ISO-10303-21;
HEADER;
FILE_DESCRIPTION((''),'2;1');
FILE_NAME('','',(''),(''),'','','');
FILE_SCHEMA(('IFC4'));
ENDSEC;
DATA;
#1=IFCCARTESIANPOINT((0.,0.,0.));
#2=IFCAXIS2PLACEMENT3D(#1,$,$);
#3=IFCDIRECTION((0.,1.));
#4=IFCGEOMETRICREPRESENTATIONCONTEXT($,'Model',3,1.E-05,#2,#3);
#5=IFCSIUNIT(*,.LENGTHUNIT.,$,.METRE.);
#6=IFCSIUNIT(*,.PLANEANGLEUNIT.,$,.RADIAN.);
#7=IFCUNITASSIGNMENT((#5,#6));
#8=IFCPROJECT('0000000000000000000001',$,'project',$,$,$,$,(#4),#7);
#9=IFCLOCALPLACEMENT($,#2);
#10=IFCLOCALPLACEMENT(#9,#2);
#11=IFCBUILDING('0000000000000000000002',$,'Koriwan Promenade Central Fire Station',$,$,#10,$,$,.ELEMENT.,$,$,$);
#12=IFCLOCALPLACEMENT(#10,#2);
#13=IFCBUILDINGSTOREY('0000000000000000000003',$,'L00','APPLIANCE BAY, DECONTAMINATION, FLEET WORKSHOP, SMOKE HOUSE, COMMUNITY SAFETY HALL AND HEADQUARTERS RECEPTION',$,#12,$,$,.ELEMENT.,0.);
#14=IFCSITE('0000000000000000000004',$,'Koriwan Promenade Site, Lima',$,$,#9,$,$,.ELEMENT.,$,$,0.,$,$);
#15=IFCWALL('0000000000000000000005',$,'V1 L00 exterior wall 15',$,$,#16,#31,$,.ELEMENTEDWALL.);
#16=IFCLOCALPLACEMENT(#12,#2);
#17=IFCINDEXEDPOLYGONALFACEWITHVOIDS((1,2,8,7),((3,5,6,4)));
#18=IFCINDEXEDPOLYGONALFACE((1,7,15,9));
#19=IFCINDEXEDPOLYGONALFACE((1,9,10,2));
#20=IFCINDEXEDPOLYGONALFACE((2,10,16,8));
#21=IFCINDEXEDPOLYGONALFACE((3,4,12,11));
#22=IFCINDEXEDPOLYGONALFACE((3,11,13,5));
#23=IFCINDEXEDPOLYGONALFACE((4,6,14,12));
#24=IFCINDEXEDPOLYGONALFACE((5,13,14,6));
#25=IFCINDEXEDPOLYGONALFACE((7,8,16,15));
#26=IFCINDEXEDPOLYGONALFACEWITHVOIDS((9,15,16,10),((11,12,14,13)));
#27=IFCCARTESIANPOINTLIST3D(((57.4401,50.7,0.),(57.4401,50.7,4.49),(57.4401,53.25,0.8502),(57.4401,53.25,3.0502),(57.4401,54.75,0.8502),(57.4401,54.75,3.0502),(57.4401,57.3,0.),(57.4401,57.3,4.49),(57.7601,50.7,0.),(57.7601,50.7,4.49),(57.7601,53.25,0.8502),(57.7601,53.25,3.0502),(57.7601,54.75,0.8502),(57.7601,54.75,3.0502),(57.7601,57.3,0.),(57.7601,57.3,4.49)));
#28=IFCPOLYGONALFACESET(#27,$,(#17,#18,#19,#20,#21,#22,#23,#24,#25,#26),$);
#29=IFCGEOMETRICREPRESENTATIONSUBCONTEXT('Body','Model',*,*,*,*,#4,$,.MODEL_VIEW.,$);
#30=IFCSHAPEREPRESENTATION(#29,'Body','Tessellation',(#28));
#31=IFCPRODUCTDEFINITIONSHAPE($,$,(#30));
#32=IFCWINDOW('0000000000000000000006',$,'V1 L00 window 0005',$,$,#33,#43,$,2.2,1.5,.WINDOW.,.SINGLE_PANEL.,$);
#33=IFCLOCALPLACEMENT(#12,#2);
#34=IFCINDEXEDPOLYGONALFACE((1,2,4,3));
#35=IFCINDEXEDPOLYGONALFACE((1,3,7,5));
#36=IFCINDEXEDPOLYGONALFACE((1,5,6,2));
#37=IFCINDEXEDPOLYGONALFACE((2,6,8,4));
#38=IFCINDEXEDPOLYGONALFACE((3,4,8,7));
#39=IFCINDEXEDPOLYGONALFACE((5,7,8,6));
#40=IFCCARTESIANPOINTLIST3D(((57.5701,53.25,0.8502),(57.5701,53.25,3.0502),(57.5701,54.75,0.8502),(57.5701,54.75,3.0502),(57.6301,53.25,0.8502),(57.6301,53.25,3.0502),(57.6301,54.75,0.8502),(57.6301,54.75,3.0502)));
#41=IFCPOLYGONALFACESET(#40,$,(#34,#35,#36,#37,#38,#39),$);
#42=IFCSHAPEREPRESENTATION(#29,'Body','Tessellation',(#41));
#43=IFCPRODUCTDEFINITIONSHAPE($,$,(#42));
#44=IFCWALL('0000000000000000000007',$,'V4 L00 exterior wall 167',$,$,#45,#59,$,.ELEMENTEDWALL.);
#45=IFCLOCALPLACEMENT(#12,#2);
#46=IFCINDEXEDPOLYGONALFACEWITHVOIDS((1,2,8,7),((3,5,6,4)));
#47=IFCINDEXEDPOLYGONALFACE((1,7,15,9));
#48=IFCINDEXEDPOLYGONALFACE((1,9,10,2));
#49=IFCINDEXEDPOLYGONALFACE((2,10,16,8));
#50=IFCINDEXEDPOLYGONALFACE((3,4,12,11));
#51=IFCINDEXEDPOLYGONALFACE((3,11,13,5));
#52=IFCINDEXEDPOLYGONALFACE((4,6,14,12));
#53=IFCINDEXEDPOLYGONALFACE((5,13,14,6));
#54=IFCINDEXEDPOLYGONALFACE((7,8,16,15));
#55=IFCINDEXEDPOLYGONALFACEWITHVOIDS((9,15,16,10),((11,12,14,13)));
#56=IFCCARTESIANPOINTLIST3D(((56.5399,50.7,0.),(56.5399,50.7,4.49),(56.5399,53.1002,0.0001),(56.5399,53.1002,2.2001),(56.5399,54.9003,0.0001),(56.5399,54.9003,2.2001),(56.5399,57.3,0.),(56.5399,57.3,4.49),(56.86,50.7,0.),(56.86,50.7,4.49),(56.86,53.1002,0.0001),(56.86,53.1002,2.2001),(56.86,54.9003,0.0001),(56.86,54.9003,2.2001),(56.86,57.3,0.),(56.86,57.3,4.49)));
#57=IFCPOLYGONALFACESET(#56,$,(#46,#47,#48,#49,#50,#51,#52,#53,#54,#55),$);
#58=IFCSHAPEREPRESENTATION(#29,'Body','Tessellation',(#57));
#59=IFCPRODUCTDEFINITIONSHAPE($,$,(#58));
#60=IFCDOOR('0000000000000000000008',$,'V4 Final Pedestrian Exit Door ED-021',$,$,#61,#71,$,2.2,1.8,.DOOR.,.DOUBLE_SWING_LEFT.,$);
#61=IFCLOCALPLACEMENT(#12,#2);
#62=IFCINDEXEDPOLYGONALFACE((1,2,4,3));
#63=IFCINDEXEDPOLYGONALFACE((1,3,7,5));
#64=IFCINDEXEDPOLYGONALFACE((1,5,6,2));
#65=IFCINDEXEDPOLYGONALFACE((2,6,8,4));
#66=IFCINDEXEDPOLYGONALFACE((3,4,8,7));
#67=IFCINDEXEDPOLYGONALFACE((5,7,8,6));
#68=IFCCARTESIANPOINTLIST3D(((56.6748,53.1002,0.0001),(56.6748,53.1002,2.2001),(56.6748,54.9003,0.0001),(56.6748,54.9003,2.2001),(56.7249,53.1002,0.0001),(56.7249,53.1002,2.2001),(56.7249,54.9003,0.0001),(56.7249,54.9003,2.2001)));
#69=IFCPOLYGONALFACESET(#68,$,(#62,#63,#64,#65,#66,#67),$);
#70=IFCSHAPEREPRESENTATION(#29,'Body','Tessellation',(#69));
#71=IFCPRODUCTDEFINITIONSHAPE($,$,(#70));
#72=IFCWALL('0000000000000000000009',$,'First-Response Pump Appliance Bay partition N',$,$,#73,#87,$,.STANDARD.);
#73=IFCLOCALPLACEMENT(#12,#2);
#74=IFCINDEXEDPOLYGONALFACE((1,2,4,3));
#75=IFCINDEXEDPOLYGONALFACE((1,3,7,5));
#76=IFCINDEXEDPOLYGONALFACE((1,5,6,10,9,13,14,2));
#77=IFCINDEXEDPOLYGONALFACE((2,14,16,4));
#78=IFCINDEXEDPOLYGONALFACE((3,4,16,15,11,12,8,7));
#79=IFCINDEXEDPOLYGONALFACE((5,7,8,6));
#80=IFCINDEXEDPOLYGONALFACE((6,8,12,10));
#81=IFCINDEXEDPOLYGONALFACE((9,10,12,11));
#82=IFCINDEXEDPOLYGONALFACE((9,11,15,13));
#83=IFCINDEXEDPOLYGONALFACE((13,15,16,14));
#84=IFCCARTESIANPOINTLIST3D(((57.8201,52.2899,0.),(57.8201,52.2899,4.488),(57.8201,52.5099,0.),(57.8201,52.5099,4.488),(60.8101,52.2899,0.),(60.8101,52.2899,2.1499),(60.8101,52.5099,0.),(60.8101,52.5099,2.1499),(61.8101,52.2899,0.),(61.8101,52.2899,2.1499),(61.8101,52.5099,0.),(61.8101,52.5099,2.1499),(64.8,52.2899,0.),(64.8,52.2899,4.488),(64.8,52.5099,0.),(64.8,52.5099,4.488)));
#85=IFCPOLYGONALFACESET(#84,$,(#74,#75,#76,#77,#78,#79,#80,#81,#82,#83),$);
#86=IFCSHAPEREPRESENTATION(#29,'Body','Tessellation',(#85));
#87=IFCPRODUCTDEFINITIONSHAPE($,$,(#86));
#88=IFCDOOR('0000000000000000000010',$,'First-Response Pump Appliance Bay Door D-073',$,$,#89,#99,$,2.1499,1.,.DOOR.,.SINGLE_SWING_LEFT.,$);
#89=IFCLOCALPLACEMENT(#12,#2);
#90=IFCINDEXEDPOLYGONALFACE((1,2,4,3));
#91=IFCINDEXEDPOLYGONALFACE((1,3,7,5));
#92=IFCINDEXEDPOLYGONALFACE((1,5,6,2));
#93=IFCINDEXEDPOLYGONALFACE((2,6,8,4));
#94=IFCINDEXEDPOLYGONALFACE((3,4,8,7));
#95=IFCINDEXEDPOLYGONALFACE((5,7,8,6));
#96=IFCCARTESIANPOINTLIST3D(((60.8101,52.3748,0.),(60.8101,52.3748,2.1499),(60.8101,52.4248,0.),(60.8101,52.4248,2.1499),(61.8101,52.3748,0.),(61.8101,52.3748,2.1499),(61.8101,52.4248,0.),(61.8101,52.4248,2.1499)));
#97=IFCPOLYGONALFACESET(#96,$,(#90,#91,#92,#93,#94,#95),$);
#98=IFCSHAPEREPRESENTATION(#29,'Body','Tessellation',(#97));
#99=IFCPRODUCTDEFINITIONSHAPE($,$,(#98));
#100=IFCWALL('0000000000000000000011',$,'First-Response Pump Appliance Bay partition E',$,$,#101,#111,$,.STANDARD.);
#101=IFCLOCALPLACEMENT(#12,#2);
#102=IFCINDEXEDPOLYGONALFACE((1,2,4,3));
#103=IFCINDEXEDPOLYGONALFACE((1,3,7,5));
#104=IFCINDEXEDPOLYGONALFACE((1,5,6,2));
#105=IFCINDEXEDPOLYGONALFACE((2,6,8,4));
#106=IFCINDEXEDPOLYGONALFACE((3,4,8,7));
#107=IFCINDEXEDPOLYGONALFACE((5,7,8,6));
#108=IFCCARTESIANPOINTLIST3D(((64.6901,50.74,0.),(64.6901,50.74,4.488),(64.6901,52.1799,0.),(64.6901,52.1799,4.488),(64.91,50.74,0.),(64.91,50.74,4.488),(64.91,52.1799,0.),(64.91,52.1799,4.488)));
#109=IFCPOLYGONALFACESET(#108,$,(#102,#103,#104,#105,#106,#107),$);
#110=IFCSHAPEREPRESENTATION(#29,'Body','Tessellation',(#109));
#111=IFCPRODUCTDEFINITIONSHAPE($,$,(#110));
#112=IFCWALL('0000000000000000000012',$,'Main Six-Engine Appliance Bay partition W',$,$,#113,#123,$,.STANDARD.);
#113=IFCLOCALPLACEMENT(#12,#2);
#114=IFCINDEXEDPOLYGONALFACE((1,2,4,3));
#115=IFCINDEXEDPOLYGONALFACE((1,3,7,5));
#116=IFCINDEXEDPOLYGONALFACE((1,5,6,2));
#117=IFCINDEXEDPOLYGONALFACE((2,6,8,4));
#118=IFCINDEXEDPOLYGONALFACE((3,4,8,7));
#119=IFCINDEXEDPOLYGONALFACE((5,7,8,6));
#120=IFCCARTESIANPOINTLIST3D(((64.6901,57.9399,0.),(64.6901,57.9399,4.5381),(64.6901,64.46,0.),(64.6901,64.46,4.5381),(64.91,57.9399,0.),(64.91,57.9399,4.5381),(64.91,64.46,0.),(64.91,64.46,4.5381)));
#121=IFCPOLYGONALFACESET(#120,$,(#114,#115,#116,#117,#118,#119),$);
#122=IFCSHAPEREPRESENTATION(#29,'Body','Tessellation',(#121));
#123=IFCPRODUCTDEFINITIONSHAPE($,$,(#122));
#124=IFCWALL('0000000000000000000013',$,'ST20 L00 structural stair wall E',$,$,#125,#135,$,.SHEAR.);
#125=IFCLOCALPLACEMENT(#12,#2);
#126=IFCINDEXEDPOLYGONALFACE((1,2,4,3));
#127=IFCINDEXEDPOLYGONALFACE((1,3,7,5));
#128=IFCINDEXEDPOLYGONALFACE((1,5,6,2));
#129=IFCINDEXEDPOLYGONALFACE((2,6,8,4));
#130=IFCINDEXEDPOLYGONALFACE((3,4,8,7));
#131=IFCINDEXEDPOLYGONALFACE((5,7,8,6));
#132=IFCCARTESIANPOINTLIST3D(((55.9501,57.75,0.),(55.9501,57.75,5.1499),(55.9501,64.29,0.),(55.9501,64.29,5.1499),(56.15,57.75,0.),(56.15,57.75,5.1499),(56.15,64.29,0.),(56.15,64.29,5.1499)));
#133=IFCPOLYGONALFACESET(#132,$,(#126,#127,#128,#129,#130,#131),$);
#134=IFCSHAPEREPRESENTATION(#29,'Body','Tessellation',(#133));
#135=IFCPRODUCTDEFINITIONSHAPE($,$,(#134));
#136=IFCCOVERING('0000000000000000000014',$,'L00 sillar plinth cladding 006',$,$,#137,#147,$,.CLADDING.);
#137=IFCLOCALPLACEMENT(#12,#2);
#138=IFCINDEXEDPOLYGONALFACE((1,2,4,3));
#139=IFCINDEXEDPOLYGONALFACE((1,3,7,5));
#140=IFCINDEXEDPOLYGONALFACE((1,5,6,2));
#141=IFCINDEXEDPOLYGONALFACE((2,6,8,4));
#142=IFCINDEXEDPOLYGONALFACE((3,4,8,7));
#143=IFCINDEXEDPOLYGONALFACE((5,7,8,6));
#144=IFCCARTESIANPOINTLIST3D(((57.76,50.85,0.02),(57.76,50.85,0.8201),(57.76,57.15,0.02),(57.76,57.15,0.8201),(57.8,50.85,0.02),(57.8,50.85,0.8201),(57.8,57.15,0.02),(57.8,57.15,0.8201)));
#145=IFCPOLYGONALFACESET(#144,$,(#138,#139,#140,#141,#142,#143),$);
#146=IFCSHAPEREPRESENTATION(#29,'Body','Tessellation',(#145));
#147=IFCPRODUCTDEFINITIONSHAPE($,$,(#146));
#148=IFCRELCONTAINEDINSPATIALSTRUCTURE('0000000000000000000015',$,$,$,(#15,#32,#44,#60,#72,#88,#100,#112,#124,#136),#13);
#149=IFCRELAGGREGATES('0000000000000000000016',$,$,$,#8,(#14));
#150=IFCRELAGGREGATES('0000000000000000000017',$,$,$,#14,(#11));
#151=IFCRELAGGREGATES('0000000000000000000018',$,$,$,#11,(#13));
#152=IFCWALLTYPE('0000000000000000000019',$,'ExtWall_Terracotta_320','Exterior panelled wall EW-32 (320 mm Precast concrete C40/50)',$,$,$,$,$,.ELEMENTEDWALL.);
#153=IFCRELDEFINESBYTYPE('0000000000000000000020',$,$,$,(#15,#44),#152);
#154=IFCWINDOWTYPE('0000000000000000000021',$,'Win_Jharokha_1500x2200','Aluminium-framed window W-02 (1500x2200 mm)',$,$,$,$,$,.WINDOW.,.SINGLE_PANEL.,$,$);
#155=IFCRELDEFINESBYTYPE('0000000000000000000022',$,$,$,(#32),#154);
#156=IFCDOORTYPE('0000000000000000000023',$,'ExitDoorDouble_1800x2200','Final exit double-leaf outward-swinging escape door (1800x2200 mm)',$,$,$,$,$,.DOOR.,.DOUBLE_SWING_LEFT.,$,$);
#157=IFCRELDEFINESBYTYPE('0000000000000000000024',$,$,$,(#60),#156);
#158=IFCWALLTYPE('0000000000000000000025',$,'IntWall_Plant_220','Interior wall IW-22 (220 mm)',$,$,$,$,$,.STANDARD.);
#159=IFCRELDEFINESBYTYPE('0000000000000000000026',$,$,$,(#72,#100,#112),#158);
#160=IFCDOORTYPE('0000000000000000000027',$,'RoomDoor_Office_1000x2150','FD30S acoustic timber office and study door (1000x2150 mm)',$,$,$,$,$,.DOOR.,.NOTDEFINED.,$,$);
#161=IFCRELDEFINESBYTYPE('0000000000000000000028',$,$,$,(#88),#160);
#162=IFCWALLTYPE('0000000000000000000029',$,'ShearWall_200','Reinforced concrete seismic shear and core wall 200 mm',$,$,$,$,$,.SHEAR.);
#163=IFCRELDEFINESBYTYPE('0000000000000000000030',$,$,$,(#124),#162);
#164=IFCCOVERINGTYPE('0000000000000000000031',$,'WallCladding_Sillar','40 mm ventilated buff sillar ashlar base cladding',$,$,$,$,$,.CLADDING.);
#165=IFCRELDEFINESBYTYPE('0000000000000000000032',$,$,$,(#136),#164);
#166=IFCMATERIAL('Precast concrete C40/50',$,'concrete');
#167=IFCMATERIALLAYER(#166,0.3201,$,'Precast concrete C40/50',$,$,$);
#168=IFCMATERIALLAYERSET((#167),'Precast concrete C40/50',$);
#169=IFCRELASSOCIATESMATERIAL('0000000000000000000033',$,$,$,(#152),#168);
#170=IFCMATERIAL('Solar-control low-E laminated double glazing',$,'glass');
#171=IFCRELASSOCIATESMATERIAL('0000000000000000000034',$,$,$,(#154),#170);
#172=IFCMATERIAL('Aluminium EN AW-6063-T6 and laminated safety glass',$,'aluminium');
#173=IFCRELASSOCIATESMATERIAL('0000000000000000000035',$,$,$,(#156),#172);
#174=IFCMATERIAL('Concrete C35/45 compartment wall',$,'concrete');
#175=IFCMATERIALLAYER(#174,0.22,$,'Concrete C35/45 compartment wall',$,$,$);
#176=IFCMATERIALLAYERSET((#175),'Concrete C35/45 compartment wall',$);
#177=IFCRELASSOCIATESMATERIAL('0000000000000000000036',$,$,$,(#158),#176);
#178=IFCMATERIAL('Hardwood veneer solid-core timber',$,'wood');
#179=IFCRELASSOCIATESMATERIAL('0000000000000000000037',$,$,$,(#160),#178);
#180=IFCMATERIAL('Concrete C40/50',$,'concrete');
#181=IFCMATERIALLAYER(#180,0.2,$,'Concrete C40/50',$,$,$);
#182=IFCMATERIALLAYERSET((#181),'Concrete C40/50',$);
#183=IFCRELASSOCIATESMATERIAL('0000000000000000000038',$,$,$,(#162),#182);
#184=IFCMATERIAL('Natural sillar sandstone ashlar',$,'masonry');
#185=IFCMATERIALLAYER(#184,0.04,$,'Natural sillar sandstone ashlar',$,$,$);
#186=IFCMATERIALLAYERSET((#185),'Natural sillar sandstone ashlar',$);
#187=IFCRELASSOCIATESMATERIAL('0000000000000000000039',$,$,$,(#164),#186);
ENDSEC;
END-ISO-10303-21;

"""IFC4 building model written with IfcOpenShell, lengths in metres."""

from ifc_helpers import new_model, si_unit, direction, frame, frame_2d, origin, origin_2d, place, context, subcontext, project, spatial, rectangle, extrude, material, layer, layer_set, type_object, element, fill, save


model = new_model("IFC4")

# Units and contexts
model_context = context("Model", 3, precision=1e-05, world=origin(), true_north=direction((0.0, 1.0)))
body_context = subcontext(model_context, "Body", "Model", "MODEL_VIEW")
ifc_project = project(units=[si_unit("LENGTHUNIT", "METRE"), si_unit("PLANEANGLEUNIT", "RADIAN")], contexts=[model_context])

# Site, building, storey
site_placement = place(None, origin())
site = spatial("IfcSite", under=ifc_project, at=site_placement, Name="Koriwan Promenade Site, Lima", CompositionType="ELEMENT", RefElevation=0.0)
building_placement = place(site_placement, origin())
building = spatial("IfcBuilding", under=site, at=building_placement, Name="Koriwan Promenade Central Fire Station", CompositionType="ELEMENT")
storey_placement = place(building_placement, origin())
storey = spatial("IfcBuildingStorey", under=building, at=storey_placement, Name="L00", Description="APPLIANCE BAY, DECONTAMINATION, FLEET WORKSHOP, SMOKE HOUSE, COMMUNITY SAFETY HALL AND HEADQUARTERS RECEPTION", CompositionType="ELEMENT", Elevation=0.0)

# Shared definitions
ifc_material_1 = material(Name="Concrete C40/50", Category="concrete")

# Wall, opening, window
ifc_material_2 = material(Name="Precast concrete C40/50", Category="concrete")
ifc_layer_1 = layer(ifc_material_2, 0.3201, Name="Precast concrete C40/50")
ifc_layer_set_1 = layer_set([ifc_layer_1], Name="Precast concrete C40/50")
wall_type_1 = type_object("IfcWallType", Name="ExtWall_Terracotta_320", Description="Exterior panelled wall EW-32 (320 mm Precast concrete C40/50)", PredefinedType="ELEMENTEDWALL", material=ifc_layer_set_1)
wall_1_placement = place(storey_placement, frame((57.6001, 57.3, 0.0), z_axis=(0.0, 0.0, 1.0), x_axis=(0.0, -1.0, 0.0)))
wall_1 = element("IfcWall", 1, at=wall_1_placement, inside=storey, type_object=wall_type_1, Name="V1 L00 exterior wall 15", PredefinedType="ELEMENTEDWALL", context=body_context, shape_type="SweptSolid", body=[
    extrude(rectangle(XDim=6.6001, YDim=0.3201, at=frame_2d((3.3, 0.0))), origin(), (0.0, 0.0, 1.0), 4.49),
])
opening_1_placement = place(wall_1_placement, frame((2.55, 0.0, 0.8501)))
opening_1 = element("IfcOpeningElement", 2, at=opening_1_placement, cuts=wall_1, PredefinedType="OPENING", context=body_context, shape_type="SweptSolid", body=[
    extrude(rectangle(XDim=1.5, YDim=2.2, at=frame_2d((0.75, 1.1001))), frame((0.0, 0.1719, 0.0), z_axis=(0.0, -1.0, 0.0), x_axis=(1.0, 0.0, 0.0)), (0.0, 0.0, 1.0), 0.344),
])
ifc_material_3 = material(Name="Solar-control low-E laminated double glazing", Category="glass")
window_type = type_object("IfcWindowType", Name="Win_Jharokha_1500x2200", Description="Aluminium-framed window W-02 (1500x2200 mm)", PartitioningType="SINGLE_PANEL", PredefinedType="WINDOW", material=ifc_material_3)
window_placement = place(opening_1_placement, origin())
window = element("IfcWindow", 3, at=window_placement, inside=storey, type_object=window_type, Name="V1 L00 window 0005", OverallHeight=2.2, OverallWidth=1.5, PartitioningType="SINGLE_PANEL", PredefinedType="WINDOW", context=body_context, shape_type="SweptSolid", body=[
    extrude(rectangle(XDim=1.5, YDim=2.2, at=frame_2d((0.75, 1.1001))), frame((0.0, 0.03, 0.0), z_axis=(0.0, -1.0, 0.0), x_axis=(1.0, 0.0, 0.0)), (0.0, 0.0, 1.0), 0.0601),
])
fill(opening_1, window)

# Walls, openings, doors
wall_2_placement = place(storey_placement, frame((56.7, 57.3, 0.0), z_axis=(0.0, 0.0, 1.0), x_axis=(0.0, -1.0, 0.0)))
wall_2 = element("IfcWall", 4, at=wall_2_placement, inside=storey, type_object=wall_type_1, Name="V4 L00 exterior wall 167", PredefinedType="ELEMENTEDWALL", context=body_context, shape_type="SweptSolid", body=[
    extrude(rectangle(XDim=6.6001, YDim=0.3201, at=frame_2d((3.3, 0.0))), origin(), (0.0, 0.0, 1.0), 4.49),
])
opening_2_placement = place(wall_2_placement, frame((2.3999, 0.0, 0.0)))
opening_2 = element("IfcOpeningElement", 5, at=opening_2_placement, cuts=wall_2, PredefinedType="OPENING", context=body_context, shape_type="SweptSolid", body=[
    extrude(rectangle(XDim=1.8, YDim=2.2, at=frame_2d((0.8999, 1.1001))), frame((0.0, 0.1719, 0.0), z_axis=(0.0, -1.0, 0.0), x_axis=(1.0, 0.0, 0.0)), (0.0, 0.0, 1.0), 0.344),
])
ifc_material_4 = material(Name="Aluminium EN AW-6063-T6 and laminated safety glass", Category="aluminium")
door_type_1 = type_object("IfcDoorType", Name="ExitDoorDouble_1800x2200", Description="Final exit double-leaf outward-swinging escape door (1800x2200 mm)", OperationType="DOUBLE_SWING_LEFT", PredefinedType="DOOR", material=ifc_material_4)
door_1_placement = place(opening_2_placement, origin())
door_1 = element("IfcDoor", 6, at=door_1_placement, inside=storey, type_object=door_type_1, Name="V4 Final Pedestrian Exit Door ED-021", OperationType="DOUBLE_SWING_LEFT", OverallHeight=2.2, OverallWidth=1.8, PredefinedType="DOOR", context=body_context, shape_type="SweptSolid", body=[
    extrude(rectangle(XDim=1.8, YDim=2.2, at=frame_2d((0.8999, 1.1001))), frame((0.0, 0.0249, 0.0), z_axis=(0.0, -1.0, 0.0), x_axis=(1.0, 0.0, 0.0)), (0.0, 0.0, 1.0), 0.05),
])
fill(opening_2, door_1)
ifc_material_5 = material(Name="Concrete C35/45 compartment wall", Category="concrete")
ifc_layer_2 = layer(ifc_material_5, 0.22, Name="Concrete C35/45 compartment wall")
ifc_layer_set_2 = layer_set([ifc_layer_2], Name="Concrete C35/45 compartment wall")
wall_type_2 = type_object("IfcWallType", Name="IntWall_Plant_220", Description="Interior wall IW-22 (220 mm)", PredefinedType="STANDARD", material=ifc_layer_set_2)
wall_3_placement = place(storey_placement, frame((57.8201, 52.3999, 0.0), z_axis=(0.0, 0.0, 1.0), x_axis=(1.0, 0.0, 0.0)))
wall_3 = element("IfcWall", 7, at=wall_3_placement, inside=storey, type_object=wall_type_2, Name="First-Response Pump Appliance Bay partition N", PredefinedType="STANDARD", context=body_context, shape_type="SweptSolid", body=[
    extrude(rectangle(XDim=6.98, YDim=0.22, at=frame_2d((3.49, 0.0))), origin(), (0.0, 0.0, 1.0), 4.488),
])
opening_3_placement = place(wall_3_placement, frame((2.99, 0.0, 0.0)))
opening_3 = element("IfcOpeningElement", 8, at=opening_3_placement, cuts=wall_3, PredefinedType="OPENING", context=body_context, shape_type="SweptSolid", body=[
    extrude(rectangle(XDim=1.0, YDim=2.1499, at=frame_2d((0.5, 1.075))), frame((0.0, 0.1221, 0.0), z_axis=(0.0, -1.0, 0.0), x_axis=(1.0, 0.0, 0.0)), (0.0, 0.0, 1.0), 0.2439),
])
ifc_material_6 = material(Name="Hardwood veneer solid-core timber", Category="wood")
door_type_2 = type_object("IfcDoorType", Name="RoomDoor_Office_1000x2150", Description="FD30S acoustic timber office and study door (1000x2150 mm)", OperationType="NOTDEFINED", PredefinedType="DOOR", material=ifc_material_6)
door_2_placement = place(opening_3_placement, origin())
door_2 = element("IfcDoor", 9, at=door_2_placement, inside=storey, type_object=door_type_2, Name="First-Response Pump Appliance Bay Door D-073", OperationType="SINGLE_SWING_LEFT", OverallHeight=2.1499, OverallWidth=1.0, PredefinedType="DOOR", context=body_context, shape_type="SweptSolid", body=[
    extrude(rectangle(XDim=1.0, YDim=2.1499, at=frame_2d((0.5, 1.075))), frame((0.0, 0.0249, 0.0), z_axis=(0.0, -1.0, 0.0), x_axis=(1.0, 0.0, 0.0)), (0.0, 0.0, 1.0), 0.05),
])
fill(opening_3, door_2)

# Wall
wall_4_placement = place(storey_placement, frame((64.8, 50.74, 0.0), z_axis=(0.0, 0.0, 1.0), x_axis=(0.0, 1.0, 0.0)))
element("IfcWall", 10, at=wall_4_placement, inside=storey, type_object=wall_type_2, Name="First-Response Pump Appliance Bay partition E", PredefinedType="STANDARD", context=body_context, shape_type="SweptSolid", body=[
    extrude(rectangle(XDim=1.4399, YDim=0.22, at=frame_2d((0.72, 0.0))), origin(), (0.0, 0.0, 1.0), 4.488),
])

# Walls
wall_5_placement = place(storey_placement, frame((64.8, 57.9399, 0.0), z_axis=(0.0, 0.0, 1.0), x_axis=(0.0, 1.0, 0.0)))
element("IfcWall", 11, at=wall_5_placement, inside=storey, type_object=wall_type_2, Name="Main Six-Engine Appliance Bay partition W", PredefinedType="STANDARD", context=body_context, shape_type="SweptSolid", body=[
    extrude(rectangle(XDim=6.52, YDim=0.22, at=frame_2d((3.26, 0.0))), origin(), (0.0, 0.0, 1.0), 4.5381),
])
ifc_layer_3 = layer(ifc_material_1, 0.2, Name="Concrete C40/50")
ifc_layer_set_3 = layer_set([ifc_layer_3], Name="Concrete C40/50")
wall_type_3 = type_object("IfcWallType", Name="ShearWall_200", Description="Reinforced concrete seismic shear and core wall 200 mm", PredefinedType="SHEAR", material=ifc_layer_set_3)
wall_6_placement = place(storey_placement, frame((56.05, 57.75, 0.0), z_axis=(0.0, 0.0, 1.0), x_axis=(0.0, 1.0, 0.0)))
element("IfcWall", 12, at=wall_6_placement, inside=storey, type_object=wall_type_3, Name="ST20 L00 structural stair wall E", PredefinedType="SHEAR", context=body_context, shape_type="SweptSolid", body=[
    extrude(rectangle(XDim=6.54, YDim=0.2, at=frame_2d((3.27, 0.0))), origin(), (0.0, 0.0, 1.0), 5.1499),
])

# Covering
ifc_material_7 = material(Name="Natural sillar sandstone ashlar", Category="masonry")
ifc_layer_4 = layer(ifc_material_7, 0.04, Name="Natural sillar sandstone ashlar")
ifc_layer_set_4 = layer_set([ifc_layer_4], Name="Natural sillar sandstone ashlar")
covering_type = type_object("IfcCoveringType", Name="WallCladding_Sillar", Description="40 mm ventilated buff sillar ashlar base cladding", PredefinedType="CLADDING", material=ifc_layer_set_4)
covering_placement = place(storey_placement, frame((57.78, 54.0, 0.02), z_axis=(0.0, 0.0, 1.0), x_axis=(0.0, -1.0, 0.0)))
element("IfcCovering", 13, at=covering_placement, inside=storey, type_object=covering_type, Name="L00 sillar plinth cladding 006", PredefinedType="CLADDING", context=body_context, shape_type="SweptSolid", body=[
    extrude(rectangle(XDim=6.3, YDim=0.04, at=origin_2d()), origin(), (0.0, 0.0, 1.0), 0.8),
])

save(model, "model.ifc")
